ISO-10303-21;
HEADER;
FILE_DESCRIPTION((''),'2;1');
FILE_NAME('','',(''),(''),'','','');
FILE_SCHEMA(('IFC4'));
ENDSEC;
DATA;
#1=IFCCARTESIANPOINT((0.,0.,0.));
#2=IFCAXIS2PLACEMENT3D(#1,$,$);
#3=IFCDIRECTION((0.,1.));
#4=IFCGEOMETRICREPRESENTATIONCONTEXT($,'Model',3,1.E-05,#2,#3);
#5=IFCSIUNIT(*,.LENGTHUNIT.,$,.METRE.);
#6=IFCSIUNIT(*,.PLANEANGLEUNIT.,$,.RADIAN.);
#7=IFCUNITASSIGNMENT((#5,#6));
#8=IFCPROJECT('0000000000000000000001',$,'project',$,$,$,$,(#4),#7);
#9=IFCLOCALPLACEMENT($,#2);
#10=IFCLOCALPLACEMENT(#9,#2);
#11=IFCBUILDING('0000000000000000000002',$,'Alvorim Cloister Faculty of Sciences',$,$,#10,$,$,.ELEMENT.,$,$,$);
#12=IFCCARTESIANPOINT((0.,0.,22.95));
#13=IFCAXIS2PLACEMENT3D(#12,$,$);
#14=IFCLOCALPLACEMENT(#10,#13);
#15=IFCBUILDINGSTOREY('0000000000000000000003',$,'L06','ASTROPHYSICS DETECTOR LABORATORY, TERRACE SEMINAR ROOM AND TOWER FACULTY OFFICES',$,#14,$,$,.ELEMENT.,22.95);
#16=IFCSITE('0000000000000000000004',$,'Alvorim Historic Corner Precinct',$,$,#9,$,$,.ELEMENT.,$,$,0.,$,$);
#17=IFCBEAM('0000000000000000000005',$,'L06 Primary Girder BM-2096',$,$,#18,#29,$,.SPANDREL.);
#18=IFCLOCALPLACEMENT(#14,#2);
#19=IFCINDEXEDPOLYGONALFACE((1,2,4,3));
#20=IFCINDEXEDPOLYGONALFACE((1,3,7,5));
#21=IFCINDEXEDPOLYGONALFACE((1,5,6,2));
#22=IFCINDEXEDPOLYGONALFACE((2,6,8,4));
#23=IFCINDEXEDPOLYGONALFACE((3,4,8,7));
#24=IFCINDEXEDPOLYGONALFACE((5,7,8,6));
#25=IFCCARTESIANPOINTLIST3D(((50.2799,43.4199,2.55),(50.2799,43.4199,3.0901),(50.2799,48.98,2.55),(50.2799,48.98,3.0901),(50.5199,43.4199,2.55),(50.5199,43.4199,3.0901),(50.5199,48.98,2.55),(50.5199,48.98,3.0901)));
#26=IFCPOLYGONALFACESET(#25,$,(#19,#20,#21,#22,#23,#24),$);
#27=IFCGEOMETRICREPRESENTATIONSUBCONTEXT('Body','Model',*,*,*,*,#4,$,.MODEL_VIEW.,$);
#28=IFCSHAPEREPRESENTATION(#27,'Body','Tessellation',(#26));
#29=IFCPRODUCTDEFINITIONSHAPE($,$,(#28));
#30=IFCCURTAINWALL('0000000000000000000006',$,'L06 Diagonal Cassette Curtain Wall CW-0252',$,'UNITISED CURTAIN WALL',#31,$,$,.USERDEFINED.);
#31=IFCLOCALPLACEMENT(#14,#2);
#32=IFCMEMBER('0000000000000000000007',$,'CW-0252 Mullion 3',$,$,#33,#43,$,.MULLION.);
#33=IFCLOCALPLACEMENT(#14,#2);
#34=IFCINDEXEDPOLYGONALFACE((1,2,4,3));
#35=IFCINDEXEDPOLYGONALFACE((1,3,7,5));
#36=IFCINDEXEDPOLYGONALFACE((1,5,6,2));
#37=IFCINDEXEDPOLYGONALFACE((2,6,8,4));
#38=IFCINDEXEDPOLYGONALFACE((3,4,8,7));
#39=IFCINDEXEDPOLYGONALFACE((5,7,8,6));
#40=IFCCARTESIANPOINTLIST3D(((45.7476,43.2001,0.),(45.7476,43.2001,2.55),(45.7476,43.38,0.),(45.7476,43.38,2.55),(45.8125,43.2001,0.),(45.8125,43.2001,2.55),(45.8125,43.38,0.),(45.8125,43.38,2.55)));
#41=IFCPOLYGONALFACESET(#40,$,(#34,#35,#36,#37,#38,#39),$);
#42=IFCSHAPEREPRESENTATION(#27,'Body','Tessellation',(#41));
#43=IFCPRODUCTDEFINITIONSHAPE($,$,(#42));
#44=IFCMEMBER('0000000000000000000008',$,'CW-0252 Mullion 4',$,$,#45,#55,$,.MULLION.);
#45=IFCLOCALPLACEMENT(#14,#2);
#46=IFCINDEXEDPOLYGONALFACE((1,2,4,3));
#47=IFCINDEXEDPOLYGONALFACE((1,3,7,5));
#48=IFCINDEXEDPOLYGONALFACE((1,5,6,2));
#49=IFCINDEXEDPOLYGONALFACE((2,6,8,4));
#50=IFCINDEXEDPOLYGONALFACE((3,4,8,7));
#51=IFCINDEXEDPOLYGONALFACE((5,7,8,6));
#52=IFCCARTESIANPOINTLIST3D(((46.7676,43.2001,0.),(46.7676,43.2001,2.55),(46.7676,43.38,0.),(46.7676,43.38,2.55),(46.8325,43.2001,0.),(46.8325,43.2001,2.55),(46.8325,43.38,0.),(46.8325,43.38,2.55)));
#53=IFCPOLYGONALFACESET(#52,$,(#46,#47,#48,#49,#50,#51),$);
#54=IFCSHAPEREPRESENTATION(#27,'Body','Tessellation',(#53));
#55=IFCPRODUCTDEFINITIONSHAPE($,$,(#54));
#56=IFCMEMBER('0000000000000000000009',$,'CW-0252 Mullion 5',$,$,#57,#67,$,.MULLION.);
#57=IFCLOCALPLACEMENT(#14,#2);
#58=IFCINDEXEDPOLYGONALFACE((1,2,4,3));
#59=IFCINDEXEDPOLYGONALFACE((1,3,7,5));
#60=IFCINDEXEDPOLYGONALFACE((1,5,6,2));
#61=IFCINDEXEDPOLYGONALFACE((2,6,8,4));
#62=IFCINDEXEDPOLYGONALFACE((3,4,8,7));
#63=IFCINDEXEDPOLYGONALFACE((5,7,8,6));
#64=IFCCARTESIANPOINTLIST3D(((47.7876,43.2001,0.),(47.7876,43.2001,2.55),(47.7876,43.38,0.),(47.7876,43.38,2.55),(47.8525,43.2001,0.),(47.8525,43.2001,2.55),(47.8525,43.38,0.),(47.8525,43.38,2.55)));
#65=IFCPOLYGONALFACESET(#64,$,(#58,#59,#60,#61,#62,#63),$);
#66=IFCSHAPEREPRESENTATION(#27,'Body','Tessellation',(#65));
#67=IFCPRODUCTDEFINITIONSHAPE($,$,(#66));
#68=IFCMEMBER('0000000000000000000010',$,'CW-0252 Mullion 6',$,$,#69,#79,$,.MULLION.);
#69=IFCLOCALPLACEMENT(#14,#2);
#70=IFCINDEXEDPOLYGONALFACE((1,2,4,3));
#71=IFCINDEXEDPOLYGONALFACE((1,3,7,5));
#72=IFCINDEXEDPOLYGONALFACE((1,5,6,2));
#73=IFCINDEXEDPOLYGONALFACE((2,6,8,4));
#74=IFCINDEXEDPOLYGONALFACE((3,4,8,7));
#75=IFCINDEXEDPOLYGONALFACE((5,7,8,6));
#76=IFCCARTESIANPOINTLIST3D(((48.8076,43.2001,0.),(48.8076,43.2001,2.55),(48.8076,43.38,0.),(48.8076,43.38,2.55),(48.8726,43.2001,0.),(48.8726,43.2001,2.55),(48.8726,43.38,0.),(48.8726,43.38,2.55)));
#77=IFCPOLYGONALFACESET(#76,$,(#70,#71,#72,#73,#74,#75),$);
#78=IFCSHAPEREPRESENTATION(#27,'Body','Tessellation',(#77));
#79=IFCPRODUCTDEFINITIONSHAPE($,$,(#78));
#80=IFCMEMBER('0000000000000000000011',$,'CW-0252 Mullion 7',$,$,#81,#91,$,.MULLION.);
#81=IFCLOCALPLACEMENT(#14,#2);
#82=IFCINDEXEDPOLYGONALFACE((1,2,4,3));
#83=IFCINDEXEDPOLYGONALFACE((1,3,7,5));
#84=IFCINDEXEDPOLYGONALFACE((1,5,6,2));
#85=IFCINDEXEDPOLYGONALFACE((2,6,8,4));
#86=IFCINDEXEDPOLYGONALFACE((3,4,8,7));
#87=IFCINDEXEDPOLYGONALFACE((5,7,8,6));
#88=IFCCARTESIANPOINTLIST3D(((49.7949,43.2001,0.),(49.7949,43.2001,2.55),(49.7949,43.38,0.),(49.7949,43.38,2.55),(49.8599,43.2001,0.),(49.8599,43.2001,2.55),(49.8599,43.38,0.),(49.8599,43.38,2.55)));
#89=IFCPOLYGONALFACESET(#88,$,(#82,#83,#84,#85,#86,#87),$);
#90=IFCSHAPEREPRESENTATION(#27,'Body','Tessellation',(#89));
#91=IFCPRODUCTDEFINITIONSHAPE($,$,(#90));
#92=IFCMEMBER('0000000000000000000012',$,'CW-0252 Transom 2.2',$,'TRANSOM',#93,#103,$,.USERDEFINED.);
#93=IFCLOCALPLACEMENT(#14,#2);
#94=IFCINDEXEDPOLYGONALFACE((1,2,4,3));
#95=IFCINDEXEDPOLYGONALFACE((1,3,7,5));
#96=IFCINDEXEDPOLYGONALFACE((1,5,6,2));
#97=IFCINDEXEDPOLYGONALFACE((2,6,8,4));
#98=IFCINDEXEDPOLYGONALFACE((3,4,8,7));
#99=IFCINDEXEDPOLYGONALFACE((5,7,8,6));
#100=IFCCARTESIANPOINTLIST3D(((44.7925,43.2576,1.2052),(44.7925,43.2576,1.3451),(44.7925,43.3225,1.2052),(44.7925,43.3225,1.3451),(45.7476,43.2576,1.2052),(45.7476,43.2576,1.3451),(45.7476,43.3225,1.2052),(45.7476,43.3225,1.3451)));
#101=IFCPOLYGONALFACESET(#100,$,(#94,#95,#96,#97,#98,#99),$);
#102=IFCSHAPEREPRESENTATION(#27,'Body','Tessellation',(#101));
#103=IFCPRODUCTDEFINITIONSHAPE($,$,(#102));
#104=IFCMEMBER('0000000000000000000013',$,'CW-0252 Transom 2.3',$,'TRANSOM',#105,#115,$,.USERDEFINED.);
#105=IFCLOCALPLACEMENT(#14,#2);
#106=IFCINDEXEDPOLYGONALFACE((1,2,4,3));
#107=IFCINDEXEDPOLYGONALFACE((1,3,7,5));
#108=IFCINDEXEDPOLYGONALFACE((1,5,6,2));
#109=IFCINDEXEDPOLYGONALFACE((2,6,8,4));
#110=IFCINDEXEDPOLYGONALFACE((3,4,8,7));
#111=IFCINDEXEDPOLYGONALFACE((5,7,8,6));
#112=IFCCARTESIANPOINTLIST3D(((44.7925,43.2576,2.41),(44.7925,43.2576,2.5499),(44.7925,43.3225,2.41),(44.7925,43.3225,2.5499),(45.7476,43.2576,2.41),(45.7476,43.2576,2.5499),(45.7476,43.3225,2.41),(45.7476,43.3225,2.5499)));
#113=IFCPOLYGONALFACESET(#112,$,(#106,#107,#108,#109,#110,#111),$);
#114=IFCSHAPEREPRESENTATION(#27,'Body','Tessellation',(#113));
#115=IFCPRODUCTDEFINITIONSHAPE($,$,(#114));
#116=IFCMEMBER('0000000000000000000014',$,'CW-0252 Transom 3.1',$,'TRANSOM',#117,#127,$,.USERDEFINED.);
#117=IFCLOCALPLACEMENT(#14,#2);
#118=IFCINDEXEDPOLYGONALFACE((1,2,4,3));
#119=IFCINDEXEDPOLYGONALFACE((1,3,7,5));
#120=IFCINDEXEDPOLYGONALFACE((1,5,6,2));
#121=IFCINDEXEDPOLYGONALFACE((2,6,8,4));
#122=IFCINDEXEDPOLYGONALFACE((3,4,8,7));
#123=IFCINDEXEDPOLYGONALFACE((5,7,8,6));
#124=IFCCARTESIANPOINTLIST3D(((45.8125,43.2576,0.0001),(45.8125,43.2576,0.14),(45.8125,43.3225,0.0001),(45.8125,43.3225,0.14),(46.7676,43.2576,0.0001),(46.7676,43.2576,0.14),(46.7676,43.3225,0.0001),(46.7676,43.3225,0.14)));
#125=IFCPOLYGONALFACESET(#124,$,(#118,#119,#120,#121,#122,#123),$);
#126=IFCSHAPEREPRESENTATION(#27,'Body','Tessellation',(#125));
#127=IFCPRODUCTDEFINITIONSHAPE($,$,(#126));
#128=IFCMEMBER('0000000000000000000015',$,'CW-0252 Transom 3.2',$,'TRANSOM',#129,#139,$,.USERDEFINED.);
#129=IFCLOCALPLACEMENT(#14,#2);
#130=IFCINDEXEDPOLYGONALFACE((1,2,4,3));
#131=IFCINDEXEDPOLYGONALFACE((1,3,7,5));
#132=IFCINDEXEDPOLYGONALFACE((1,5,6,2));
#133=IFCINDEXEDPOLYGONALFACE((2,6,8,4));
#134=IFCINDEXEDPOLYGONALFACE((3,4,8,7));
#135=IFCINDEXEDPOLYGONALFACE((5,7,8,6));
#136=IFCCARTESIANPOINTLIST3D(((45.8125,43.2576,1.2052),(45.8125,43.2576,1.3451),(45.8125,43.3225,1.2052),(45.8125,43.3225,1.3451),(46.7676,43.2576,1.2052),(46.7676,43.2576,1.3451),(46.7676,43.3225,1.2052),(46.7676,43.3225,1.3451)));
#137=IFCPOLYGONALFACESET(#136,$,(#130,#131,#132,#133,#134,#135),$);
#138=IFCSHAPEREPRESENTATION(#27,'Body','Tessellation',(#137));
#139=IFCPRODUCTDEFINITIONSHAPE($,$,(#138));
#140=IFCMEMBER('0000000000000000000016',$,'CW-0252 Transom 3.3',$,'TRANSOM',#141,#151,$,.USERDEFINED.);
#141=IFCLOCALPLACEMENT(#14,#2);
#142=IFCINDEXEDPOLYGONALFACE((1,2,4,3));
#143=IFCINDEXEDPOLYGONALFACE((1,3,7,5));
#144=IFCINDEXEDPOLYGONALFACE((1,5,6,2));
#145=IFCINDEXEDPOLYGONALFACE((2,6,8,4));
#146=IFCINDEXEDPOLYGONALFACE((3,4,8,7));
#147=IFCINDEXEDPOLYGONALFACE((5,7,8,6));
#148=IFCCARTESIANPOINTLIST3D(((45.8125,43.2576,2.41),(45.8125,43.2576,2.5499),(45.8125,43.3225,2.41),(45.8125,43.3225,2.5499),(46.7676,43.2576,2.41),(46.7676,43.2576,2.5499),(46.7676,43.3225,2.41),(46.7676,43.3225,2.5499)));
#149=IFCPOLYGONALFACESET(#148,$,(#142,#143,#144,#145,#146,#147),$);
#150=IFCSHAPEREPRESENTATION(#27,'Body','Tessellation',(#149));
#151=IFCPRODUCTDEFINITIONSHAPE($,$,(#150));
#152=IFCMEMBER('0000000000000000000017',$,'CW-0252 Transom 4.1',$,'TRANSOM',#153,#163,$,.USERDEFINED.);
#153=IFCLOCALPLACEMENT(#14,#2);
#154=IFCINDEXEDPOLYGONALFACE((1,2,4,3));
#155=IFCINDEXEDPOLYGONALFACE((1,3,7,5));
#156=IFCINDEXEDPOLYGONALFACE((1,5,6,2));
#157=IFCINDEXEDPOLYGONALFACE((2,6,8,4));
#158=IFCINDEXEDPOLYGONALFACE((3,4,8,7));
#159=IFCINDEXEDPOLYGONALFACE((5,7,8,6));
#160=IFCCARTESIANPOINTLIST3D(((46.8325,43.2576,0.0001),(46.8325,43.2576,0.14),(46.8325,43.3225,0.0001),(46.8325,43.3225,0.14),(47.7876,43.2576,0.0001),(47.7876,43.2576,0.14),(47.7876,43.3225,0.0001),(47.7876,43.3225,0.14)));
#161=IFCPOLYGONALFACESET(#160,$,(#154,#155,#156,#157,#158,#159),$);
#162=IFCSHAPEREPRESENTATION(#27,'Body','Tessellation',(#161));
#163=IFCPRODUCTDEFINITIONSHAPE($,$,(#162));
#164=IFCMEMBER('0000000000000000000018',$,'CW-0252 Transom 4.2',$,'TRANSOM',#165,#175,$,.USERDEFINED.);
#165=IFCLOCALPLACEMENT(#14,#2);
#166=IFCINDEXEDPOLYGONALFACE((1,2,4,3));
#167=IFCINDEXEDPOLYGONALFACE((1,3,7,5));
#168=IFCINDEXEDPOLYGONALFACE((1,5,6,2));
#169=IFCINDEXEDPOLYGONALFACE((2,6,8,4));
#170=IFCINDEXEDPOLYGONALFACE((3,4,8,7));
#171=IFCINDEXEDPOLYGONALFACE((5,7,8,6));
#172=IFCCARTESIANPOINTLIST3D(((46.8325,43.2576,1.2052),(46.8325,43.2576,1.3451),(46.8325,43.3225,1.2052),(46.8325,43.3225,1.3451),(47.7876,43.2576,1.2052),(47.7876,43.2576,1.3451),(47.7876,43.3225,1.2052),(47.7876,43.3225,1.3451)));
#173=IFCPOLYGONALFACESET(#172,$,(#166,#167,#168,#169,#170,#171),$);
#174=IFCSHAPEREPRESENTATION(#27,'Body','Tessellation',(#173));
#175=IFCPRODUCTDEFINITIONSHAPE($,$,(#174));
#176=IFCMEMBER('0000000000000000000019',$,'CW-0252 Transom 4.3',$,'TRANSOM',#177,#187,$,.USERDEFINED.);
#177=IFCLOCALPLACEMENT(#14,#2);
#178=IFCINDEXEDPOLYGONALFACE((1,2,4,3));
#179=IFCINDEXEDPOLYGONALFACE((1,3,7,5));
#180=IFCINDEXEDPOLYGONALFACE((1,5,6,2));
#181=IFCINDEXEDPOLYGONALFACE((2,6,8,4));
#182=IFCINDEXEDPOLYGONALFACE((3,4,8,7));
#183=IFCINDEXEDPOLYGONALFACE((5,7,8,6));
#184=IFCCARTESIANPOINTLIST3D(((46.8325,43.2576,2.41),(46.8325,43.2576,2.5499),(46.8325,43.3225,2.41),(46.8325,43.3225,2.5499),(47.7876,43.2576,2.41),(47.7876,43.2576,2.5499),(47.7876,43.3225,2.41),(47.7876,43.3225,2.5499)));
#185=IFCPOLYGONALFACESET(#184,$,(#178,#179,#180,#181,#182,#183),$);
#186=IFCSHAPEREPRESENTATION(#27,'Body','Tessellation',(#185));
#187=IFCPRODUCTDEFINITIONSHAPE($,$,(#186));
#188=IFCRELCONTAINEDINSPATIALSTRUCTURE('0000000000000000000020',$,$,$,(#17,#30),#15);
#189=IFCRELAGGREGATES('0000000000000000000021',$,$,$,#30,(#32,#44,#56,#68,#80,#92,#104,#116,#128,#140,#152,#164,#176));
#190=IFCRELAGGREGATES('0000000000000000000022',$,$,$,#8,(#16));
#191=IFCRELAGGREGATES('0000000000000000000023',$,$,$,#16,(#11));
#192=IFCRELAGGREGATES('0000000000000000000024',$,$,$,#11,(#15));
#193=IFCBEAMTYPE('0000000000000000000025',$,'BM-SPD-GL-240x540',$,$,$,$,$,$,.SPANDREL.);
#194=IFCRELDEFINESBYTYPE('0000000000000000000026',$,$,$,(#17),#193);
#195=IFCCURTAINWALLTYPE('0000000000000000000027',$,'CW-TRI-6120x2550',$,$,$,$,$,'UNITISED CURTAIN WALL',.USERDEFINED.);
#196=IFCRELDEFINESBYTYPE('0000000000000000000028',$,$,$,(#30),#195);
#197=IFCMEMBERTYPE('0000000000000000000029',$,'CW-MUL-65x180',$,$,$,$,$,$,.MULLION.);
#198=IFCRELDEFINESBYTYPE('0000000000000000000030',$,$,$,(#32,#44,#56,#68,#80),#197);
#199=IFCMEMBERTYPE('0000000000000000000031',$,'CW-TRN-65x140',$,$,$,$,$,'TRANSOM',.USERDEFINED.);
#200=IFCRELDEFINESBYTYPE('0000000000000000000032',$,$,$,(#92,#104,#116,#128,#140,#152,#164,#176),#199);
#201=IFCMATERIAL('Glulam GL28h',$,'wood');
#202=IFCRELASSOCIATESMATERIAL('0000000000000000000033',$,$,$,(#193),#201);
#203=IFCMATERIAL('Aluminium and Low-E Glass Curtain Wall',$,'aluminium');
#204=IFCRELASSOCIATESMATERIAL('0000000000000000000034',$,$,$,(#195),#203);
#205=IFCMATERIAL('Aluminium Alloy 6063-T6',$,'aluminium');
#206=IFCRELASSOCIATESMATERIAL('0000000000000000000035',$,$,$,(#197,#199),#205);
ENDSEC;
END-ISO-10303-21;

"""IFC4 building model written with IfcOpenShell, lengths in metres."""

from ifc_helpers import new_model, si_unit, direction, frame, origin, origin_2d, place, context, subcontext, project, spatial, rectangle, extrude, material, material_profile, profile_set, type_object, element, aggregate, save


model = new_model("IFC4")

# Units and contexts
model_context = context("Model", 3, precision=1e-05, world=origin(), true_north=direction((0.0, 1.0)))
body_context = subcontext(model_context, "Body", "Model", "MODEL_VIEW")
ifc_project = project(units=[si_unit("LENGTHUNIT", "METRE"), si_unit("PLANEANGLEUNIT", "RADIAN")], contexts=[model_context])

# Site, building, storey
site_placement = place(None, origin())
site = spatial("IfcSite", under=ifc_project, at=site_placement, Name="Alvorim Historic Corner Precinct", CompositionType="ELEMENT", RefElevation=0.0)
building_placement = place(site_placement, origin())
building = spatial("IfcBuilding", under=site, at=building_placement, Name="Alvorim Cloister Faculty of Sciences", CompositionType="ELEMENT")
storey_placement = place(building_placement, frame((0.0, 0.0, 22.95)))
storey = spatial("IfcBuildingStorey", under=building, at=storey_placement, Name="L06", Description="ASTROPHYSICS DETECTOR LABORATORY, TERRACE SEMINAR ROOM AND TOWER FACULTY OFFICES", CompositionType="ELEMENT", Elevation=22.95)

# Beam
ifc_material_1 = material(Name="Glulam GL28h", Category="wood")
ifc_material_profile_1 = material_profile(ifc_material_1, rectangle(XDim=0.24, YDim=0.54, at=origin_2d()), Name="GL28-SPD-240x540")
ifc_profile_set_1 = profile_set([ifc_material_profile_1], Name="Glulam GL28h")
beam_type = type_object("IfcBeamType", Name="BM-SPD-GL-240x540", PredefinedType="SPANDREL", material=ifc_profile_set_1)
beam_placement = place(storey_placement, frame((50.3999, 43.4199, 2.8201), z_axis=(0.0, 1.0, 0.0), x_axis=(-1.0, 0.0, 0.0)))
element("IfcBeam", 1, at=beam_placement, inside=storey, type_object=beam_type, Name="L06 Primary Girder BM-2096", PredefinedType="SPANDREL", context=body_context, shape_type="SweptSolid", body=[
    extrude(rectangle(XDim=0.24, YDim=0.54, at=origin_2d()), origin(), (0.0, 0.0, 1.0), 5.5601),
])

# Curtain wall, members
ifc_material_2 = material(Name="Aluminium and Low-E Glass Curtain Wall", Category="aluminium")
curtain_wall_type = type_object("IfcCurtainWallType", Name="CW-TRI-6120x2550", ElementType="UNITISED CURTAIN WALL", PredefinedType="USERDEFINED", material=ifc_material_2)
curtain_wall_placement = place(storey_placement, origin())
curtain_wall = element("IfcCurtainWall", 2, at=curtain_wall_placement, inside=storey, type_object=curtain_wall_type, Name="L06 Diagonal Cassette Curtain Wall CW-0252", ObjectType="UNITISED CURTAIN WALL", PredefinedType="USERDEFINED")
ifc_material_3 = material(Name="Aluminium Alloy 6063-T6", Category="aluminium")
ifc_material_profile_2 = material_profile(ifc_material_3, rectangle(XDim=0.0649, YDim=0.1799, at=origin_2d()), Name="ALU-MUL-65x180")
ifc_profile_set_2 = profile_set([ifc_material_profile_2], Name="Aluminium Alloy 6063-T6")
member_type_1 = type_object("IfcMemberType", Name="CW-MUL-65x180", PredefinedType="MULLION", material=ifc_profile_set_2)
member_1_placement = place(storey_placement, frame((45.78, 43.29, 0.0), z_axis=(0.0, 0.0, 1.0), x_axis=(1.0, 0.0, 0.0)))
member_1 = element("IfcMember", 3, at=member_1_placement, type_object=member_type_1, Name="CW-0252 Mullion 3", PredefinedType="MULLION", context=body_context, shape_type="SweptSolid", body=[
    extrude(rectangle(XDim=0.0649, YDim=0.1799, at=origin_2d()), origin(), (0.0, 0.0, 1.0), 2.55),
])
member_2_placement = place(storey_placement, frame((46.8, 43.29, 0.0), z_axis=(0.0, 0.0, 1.0), x_axis=(1.0, 0.0, 0.0)))
member_2 = element("IfcMember", 4, at=member_2_placement, type_object=member_type_1, Name="CW-0252 Mullion 4", PredefinedType="MULLION", context=body_context, shape_type="SweptSolid", body=[
    extrude(rectangle(XDim=0.0649, YDim=0.1799, at=origin_2d()), origin(), (0.0, 0.0, 1.0), 2.55),
])
member_3_placement = place(storey_placement, frame((47.8201, 43.29, 0.0), z_axis=(0.0, 0.0, 1.0), x_axis=(1.0, 0.0, 0.0)))
member_3 = element("IfcMember", 5, at=member_3_placement, type_object=member_type_1, Name="CW-0252 Mullion 5", PredefinedType="MULLION", context=body_context, shape_type="SweptSolid", body=[
    extrude(rectangle(XDim=0.0649, YDim=0.1799, at=origin_2d()), origin(), (0.0, 0.0, 1.0), 2.55),
])
member_4_placement = place(storey_placement, frame((48.8401, 43.29, 0.0), z_axis=(0.0, 0.0, 1.0), x_axis=(1.0, 0.0, 0.0)))
member_4 = element("IfcMember", 6, at=member_4_placement, type_object=member_type_1, Name="CW-0252 Mullion 6", PredefinedType="MULLION", context=body_context, shape_type="SweptSolid", body=[
    extrude(rectangle(XDim=0.0649, YDim=0.1799, at=origin_2d()), origin(), (0.0, 0.0, 1.0), 2.55),
])
member_5_placement = place(storey_placement, frame((49.8274, 43.29, 0.0), z_axis=(0.0, 0.0, 1.0), x_axis=(1.0, 0.0, 0.0)))
member_5 = element("IfcMember", 7, at=member_5_placement, type_object=member_type_1, Name="CW-0252 Mullion 7", PredefinedType="MULLION", context=body_context, shape_type="SweptSolid", body=[
    extrude(rectangle(XDim=0.0649, YDim=0.1799, at=origin_2d()), origin(), (0.0, 0.0, 1.0), 2.55),
])
ifc_material_profile_3 = material_profile(ifc_material_3, rectangle(XDim=0.0649, YDim=0.1399, at=origin_2d()), Name="ALU-TRN-65x140")
ifc_profile_set_3 = profile_set([ifc_material_profile_3], Name="Aluminium Alloy 6063-T6")
member_type_2 = type_object("IfcMemberType", Name="CW-TRN-65x140", ElementType="TRANSOM", PredefinedType="USERDEFINED", material=ifc_profile_set_3)
member_6_placement = place(storey_placement, frame((44.7925, 43.29, 1.2751), z_axis=(1.0, 0.0, 0.0), x_axis=(0.0, 1.0, 0.0)))
member_6 = element("IfcMember", 8, at=member_6_placement, type_object=member_type_2, Name="CW-0252 Transom 2.2", ObjectType="TRANSOM", PredefinedType="USERDEFINED", context=body_context, shape_type="SweptSolid", body=[
    extrude(rectangle(XDim=0.0649, YDim=0.1399, at=origin_2d()), origin(), (0.0, 0.0, 1.0), 0.9551),
])
member_7_placement = place(storey_placement, frame((44.7925, 43.29, 2.48), z_axis=(1.0, 0.0, 0.0), x_axis=(0.0, 1.0, 0.0)))
member_7 = element("IfcMember", 9, at=member_7_placement, type_object=member_type_2, Name="CW-0252 Transom 2.3", ObjectType="TRANSOM", PredefinedType="USERDEFINED", context=body_context, shape_type="SweptSolid", body=[
    extrude(rectangle(XDim=0.0649, YDim=0.1399, at=origin_2d()), origin(), (0.0, 0.0, 1.0), 0.9551),
])
member_8_placement = place(storey_placement, frame((45.8125, 43.29, 0.0701), z_axis=(1.0, 0.0, 0.0), x_axis=(0.0, 1.0, 0.0)))
member_8 = element("IfcMember", 10, at=member_8_placement, type_object=member_type_2, Name="CW-0252 Transom 3.1", ObjectType="TRANSOM", PredefinedType="USERDEFINED", context=body_context, shape_type="SweptSolid", body=[
    extrude(rectangle(XDim=0.0649, YDim=0.1399, at=origin_2d()), origin(), (0.0, 0.0, 1.0), 0.9551),
])
member_9_placement = place(storey_placement, frame((45.8125, 43.29, 1.2751), z_axis=(1.0, 0.0, 0.0), x_axis=(0.0, 1.0, 0.0)))
member_9 = element("IfcMember", 11, at=member_9_placement, type_object=member_type_2, Name="CW-0252 Transom 3.2", ObjectType="TRANSOM", PredefinedType="USERDEFINED", context=body_context, shape_type="SweptSolid", body=[
    extrude(rectangle(XDim=0.0649, YDim=0.1399, at=origin_2d()), origin(), (0.0, 0.0, 1.0), 0.9551),
])
member_10_placement = place(storey_placement, frame((45.8125, 43.29, 2.48), z_axis=(1.0, 0.0, 0.0), x_axis=(0.0, 1.0, 0.0)))
member_10 = element("IfcMember", 12, at=member_10_placement, type_object=member_type_2, Name="CW-0252 Transom 3.3", ObjectType="TRANSOM", PredefinedType="USERDEFINED", context=body_context, shape_type="SweptSolid", body=[
    extrude(rectangle(XDim=0.0649, YDim=0.1399, at=origin_2d()), origin(), (0.0, 0.0, 1.0), 0.9551),
])
member_11_placement = place(storey_placement, frame((46.8325, 43.29, 0.0701), z_axis=(1.0, 0.0, 0.0), x_axis=(0.0, 1.0, 0.0)))
member_11 = element("IfcMember", 13, at=member_11_placement, type_object=member_type_2, Name="CW-0252 Transom 4.1", ObjectType="TRANSOM", PredefinedType="USERDEFINED", context=body_context, shape_type="SweptSolid", body=[
    extrude(rectangle(XDim=0.0649, YDim=0.1399, at=origin_2d()), origin(), (0.0, 0.0, 1.0), 0.9551),
])
member_12_placement = place(storey_placement, frame((46.8325, 43.29, 1.2751), z_axis=(1.0, 0.0, 0.0), x_axis=(0.0, 1.0, 0.0)))
member_12 = element("IfcMember", 14, at=member_12_placement, type_object=member_type_2, Name="CW-0252 Transom 4.2", ObjectType="TRANSOM", PredefinedType="USERDEFINED", context=body_context, shape_type="SweptSolid", body=[
    extrude(rectangle(XDim=0.0649, YDim=0.1399, at=origin_2d()), origin(), (0.0, 0.0, 1.0), 0.9551),
])
member_13_placement = place(storey_placement, frame((46.8325, 43.29, 2.48), z_axis=(1.0, 0.0, 0.0), x_axis=(0.0, 1.0, 0.0)))
member_13 = element("IfcMember", 15, at=member_13_placement, type_object=member_type_2, Name="CW-0252 Transom 4.3", ObjectType="TRANSOM", PredefinedType="USERDEFINED", context=body_context, shape_type="SweptSolid", body=[
    extrude(rectangle(XDim=0.0649, YDim=0.1399, at=origin_2d()), origin(), (0.0, 0.0, 1.0), 0.9551),
])
aggregate(curtain_wall, [member_1, member_2, member_3, member_4, member_5, member_6, member_7, member_8, member_9, member_10, member_11, member_12, member_13])

save(model, "model.ifc")
